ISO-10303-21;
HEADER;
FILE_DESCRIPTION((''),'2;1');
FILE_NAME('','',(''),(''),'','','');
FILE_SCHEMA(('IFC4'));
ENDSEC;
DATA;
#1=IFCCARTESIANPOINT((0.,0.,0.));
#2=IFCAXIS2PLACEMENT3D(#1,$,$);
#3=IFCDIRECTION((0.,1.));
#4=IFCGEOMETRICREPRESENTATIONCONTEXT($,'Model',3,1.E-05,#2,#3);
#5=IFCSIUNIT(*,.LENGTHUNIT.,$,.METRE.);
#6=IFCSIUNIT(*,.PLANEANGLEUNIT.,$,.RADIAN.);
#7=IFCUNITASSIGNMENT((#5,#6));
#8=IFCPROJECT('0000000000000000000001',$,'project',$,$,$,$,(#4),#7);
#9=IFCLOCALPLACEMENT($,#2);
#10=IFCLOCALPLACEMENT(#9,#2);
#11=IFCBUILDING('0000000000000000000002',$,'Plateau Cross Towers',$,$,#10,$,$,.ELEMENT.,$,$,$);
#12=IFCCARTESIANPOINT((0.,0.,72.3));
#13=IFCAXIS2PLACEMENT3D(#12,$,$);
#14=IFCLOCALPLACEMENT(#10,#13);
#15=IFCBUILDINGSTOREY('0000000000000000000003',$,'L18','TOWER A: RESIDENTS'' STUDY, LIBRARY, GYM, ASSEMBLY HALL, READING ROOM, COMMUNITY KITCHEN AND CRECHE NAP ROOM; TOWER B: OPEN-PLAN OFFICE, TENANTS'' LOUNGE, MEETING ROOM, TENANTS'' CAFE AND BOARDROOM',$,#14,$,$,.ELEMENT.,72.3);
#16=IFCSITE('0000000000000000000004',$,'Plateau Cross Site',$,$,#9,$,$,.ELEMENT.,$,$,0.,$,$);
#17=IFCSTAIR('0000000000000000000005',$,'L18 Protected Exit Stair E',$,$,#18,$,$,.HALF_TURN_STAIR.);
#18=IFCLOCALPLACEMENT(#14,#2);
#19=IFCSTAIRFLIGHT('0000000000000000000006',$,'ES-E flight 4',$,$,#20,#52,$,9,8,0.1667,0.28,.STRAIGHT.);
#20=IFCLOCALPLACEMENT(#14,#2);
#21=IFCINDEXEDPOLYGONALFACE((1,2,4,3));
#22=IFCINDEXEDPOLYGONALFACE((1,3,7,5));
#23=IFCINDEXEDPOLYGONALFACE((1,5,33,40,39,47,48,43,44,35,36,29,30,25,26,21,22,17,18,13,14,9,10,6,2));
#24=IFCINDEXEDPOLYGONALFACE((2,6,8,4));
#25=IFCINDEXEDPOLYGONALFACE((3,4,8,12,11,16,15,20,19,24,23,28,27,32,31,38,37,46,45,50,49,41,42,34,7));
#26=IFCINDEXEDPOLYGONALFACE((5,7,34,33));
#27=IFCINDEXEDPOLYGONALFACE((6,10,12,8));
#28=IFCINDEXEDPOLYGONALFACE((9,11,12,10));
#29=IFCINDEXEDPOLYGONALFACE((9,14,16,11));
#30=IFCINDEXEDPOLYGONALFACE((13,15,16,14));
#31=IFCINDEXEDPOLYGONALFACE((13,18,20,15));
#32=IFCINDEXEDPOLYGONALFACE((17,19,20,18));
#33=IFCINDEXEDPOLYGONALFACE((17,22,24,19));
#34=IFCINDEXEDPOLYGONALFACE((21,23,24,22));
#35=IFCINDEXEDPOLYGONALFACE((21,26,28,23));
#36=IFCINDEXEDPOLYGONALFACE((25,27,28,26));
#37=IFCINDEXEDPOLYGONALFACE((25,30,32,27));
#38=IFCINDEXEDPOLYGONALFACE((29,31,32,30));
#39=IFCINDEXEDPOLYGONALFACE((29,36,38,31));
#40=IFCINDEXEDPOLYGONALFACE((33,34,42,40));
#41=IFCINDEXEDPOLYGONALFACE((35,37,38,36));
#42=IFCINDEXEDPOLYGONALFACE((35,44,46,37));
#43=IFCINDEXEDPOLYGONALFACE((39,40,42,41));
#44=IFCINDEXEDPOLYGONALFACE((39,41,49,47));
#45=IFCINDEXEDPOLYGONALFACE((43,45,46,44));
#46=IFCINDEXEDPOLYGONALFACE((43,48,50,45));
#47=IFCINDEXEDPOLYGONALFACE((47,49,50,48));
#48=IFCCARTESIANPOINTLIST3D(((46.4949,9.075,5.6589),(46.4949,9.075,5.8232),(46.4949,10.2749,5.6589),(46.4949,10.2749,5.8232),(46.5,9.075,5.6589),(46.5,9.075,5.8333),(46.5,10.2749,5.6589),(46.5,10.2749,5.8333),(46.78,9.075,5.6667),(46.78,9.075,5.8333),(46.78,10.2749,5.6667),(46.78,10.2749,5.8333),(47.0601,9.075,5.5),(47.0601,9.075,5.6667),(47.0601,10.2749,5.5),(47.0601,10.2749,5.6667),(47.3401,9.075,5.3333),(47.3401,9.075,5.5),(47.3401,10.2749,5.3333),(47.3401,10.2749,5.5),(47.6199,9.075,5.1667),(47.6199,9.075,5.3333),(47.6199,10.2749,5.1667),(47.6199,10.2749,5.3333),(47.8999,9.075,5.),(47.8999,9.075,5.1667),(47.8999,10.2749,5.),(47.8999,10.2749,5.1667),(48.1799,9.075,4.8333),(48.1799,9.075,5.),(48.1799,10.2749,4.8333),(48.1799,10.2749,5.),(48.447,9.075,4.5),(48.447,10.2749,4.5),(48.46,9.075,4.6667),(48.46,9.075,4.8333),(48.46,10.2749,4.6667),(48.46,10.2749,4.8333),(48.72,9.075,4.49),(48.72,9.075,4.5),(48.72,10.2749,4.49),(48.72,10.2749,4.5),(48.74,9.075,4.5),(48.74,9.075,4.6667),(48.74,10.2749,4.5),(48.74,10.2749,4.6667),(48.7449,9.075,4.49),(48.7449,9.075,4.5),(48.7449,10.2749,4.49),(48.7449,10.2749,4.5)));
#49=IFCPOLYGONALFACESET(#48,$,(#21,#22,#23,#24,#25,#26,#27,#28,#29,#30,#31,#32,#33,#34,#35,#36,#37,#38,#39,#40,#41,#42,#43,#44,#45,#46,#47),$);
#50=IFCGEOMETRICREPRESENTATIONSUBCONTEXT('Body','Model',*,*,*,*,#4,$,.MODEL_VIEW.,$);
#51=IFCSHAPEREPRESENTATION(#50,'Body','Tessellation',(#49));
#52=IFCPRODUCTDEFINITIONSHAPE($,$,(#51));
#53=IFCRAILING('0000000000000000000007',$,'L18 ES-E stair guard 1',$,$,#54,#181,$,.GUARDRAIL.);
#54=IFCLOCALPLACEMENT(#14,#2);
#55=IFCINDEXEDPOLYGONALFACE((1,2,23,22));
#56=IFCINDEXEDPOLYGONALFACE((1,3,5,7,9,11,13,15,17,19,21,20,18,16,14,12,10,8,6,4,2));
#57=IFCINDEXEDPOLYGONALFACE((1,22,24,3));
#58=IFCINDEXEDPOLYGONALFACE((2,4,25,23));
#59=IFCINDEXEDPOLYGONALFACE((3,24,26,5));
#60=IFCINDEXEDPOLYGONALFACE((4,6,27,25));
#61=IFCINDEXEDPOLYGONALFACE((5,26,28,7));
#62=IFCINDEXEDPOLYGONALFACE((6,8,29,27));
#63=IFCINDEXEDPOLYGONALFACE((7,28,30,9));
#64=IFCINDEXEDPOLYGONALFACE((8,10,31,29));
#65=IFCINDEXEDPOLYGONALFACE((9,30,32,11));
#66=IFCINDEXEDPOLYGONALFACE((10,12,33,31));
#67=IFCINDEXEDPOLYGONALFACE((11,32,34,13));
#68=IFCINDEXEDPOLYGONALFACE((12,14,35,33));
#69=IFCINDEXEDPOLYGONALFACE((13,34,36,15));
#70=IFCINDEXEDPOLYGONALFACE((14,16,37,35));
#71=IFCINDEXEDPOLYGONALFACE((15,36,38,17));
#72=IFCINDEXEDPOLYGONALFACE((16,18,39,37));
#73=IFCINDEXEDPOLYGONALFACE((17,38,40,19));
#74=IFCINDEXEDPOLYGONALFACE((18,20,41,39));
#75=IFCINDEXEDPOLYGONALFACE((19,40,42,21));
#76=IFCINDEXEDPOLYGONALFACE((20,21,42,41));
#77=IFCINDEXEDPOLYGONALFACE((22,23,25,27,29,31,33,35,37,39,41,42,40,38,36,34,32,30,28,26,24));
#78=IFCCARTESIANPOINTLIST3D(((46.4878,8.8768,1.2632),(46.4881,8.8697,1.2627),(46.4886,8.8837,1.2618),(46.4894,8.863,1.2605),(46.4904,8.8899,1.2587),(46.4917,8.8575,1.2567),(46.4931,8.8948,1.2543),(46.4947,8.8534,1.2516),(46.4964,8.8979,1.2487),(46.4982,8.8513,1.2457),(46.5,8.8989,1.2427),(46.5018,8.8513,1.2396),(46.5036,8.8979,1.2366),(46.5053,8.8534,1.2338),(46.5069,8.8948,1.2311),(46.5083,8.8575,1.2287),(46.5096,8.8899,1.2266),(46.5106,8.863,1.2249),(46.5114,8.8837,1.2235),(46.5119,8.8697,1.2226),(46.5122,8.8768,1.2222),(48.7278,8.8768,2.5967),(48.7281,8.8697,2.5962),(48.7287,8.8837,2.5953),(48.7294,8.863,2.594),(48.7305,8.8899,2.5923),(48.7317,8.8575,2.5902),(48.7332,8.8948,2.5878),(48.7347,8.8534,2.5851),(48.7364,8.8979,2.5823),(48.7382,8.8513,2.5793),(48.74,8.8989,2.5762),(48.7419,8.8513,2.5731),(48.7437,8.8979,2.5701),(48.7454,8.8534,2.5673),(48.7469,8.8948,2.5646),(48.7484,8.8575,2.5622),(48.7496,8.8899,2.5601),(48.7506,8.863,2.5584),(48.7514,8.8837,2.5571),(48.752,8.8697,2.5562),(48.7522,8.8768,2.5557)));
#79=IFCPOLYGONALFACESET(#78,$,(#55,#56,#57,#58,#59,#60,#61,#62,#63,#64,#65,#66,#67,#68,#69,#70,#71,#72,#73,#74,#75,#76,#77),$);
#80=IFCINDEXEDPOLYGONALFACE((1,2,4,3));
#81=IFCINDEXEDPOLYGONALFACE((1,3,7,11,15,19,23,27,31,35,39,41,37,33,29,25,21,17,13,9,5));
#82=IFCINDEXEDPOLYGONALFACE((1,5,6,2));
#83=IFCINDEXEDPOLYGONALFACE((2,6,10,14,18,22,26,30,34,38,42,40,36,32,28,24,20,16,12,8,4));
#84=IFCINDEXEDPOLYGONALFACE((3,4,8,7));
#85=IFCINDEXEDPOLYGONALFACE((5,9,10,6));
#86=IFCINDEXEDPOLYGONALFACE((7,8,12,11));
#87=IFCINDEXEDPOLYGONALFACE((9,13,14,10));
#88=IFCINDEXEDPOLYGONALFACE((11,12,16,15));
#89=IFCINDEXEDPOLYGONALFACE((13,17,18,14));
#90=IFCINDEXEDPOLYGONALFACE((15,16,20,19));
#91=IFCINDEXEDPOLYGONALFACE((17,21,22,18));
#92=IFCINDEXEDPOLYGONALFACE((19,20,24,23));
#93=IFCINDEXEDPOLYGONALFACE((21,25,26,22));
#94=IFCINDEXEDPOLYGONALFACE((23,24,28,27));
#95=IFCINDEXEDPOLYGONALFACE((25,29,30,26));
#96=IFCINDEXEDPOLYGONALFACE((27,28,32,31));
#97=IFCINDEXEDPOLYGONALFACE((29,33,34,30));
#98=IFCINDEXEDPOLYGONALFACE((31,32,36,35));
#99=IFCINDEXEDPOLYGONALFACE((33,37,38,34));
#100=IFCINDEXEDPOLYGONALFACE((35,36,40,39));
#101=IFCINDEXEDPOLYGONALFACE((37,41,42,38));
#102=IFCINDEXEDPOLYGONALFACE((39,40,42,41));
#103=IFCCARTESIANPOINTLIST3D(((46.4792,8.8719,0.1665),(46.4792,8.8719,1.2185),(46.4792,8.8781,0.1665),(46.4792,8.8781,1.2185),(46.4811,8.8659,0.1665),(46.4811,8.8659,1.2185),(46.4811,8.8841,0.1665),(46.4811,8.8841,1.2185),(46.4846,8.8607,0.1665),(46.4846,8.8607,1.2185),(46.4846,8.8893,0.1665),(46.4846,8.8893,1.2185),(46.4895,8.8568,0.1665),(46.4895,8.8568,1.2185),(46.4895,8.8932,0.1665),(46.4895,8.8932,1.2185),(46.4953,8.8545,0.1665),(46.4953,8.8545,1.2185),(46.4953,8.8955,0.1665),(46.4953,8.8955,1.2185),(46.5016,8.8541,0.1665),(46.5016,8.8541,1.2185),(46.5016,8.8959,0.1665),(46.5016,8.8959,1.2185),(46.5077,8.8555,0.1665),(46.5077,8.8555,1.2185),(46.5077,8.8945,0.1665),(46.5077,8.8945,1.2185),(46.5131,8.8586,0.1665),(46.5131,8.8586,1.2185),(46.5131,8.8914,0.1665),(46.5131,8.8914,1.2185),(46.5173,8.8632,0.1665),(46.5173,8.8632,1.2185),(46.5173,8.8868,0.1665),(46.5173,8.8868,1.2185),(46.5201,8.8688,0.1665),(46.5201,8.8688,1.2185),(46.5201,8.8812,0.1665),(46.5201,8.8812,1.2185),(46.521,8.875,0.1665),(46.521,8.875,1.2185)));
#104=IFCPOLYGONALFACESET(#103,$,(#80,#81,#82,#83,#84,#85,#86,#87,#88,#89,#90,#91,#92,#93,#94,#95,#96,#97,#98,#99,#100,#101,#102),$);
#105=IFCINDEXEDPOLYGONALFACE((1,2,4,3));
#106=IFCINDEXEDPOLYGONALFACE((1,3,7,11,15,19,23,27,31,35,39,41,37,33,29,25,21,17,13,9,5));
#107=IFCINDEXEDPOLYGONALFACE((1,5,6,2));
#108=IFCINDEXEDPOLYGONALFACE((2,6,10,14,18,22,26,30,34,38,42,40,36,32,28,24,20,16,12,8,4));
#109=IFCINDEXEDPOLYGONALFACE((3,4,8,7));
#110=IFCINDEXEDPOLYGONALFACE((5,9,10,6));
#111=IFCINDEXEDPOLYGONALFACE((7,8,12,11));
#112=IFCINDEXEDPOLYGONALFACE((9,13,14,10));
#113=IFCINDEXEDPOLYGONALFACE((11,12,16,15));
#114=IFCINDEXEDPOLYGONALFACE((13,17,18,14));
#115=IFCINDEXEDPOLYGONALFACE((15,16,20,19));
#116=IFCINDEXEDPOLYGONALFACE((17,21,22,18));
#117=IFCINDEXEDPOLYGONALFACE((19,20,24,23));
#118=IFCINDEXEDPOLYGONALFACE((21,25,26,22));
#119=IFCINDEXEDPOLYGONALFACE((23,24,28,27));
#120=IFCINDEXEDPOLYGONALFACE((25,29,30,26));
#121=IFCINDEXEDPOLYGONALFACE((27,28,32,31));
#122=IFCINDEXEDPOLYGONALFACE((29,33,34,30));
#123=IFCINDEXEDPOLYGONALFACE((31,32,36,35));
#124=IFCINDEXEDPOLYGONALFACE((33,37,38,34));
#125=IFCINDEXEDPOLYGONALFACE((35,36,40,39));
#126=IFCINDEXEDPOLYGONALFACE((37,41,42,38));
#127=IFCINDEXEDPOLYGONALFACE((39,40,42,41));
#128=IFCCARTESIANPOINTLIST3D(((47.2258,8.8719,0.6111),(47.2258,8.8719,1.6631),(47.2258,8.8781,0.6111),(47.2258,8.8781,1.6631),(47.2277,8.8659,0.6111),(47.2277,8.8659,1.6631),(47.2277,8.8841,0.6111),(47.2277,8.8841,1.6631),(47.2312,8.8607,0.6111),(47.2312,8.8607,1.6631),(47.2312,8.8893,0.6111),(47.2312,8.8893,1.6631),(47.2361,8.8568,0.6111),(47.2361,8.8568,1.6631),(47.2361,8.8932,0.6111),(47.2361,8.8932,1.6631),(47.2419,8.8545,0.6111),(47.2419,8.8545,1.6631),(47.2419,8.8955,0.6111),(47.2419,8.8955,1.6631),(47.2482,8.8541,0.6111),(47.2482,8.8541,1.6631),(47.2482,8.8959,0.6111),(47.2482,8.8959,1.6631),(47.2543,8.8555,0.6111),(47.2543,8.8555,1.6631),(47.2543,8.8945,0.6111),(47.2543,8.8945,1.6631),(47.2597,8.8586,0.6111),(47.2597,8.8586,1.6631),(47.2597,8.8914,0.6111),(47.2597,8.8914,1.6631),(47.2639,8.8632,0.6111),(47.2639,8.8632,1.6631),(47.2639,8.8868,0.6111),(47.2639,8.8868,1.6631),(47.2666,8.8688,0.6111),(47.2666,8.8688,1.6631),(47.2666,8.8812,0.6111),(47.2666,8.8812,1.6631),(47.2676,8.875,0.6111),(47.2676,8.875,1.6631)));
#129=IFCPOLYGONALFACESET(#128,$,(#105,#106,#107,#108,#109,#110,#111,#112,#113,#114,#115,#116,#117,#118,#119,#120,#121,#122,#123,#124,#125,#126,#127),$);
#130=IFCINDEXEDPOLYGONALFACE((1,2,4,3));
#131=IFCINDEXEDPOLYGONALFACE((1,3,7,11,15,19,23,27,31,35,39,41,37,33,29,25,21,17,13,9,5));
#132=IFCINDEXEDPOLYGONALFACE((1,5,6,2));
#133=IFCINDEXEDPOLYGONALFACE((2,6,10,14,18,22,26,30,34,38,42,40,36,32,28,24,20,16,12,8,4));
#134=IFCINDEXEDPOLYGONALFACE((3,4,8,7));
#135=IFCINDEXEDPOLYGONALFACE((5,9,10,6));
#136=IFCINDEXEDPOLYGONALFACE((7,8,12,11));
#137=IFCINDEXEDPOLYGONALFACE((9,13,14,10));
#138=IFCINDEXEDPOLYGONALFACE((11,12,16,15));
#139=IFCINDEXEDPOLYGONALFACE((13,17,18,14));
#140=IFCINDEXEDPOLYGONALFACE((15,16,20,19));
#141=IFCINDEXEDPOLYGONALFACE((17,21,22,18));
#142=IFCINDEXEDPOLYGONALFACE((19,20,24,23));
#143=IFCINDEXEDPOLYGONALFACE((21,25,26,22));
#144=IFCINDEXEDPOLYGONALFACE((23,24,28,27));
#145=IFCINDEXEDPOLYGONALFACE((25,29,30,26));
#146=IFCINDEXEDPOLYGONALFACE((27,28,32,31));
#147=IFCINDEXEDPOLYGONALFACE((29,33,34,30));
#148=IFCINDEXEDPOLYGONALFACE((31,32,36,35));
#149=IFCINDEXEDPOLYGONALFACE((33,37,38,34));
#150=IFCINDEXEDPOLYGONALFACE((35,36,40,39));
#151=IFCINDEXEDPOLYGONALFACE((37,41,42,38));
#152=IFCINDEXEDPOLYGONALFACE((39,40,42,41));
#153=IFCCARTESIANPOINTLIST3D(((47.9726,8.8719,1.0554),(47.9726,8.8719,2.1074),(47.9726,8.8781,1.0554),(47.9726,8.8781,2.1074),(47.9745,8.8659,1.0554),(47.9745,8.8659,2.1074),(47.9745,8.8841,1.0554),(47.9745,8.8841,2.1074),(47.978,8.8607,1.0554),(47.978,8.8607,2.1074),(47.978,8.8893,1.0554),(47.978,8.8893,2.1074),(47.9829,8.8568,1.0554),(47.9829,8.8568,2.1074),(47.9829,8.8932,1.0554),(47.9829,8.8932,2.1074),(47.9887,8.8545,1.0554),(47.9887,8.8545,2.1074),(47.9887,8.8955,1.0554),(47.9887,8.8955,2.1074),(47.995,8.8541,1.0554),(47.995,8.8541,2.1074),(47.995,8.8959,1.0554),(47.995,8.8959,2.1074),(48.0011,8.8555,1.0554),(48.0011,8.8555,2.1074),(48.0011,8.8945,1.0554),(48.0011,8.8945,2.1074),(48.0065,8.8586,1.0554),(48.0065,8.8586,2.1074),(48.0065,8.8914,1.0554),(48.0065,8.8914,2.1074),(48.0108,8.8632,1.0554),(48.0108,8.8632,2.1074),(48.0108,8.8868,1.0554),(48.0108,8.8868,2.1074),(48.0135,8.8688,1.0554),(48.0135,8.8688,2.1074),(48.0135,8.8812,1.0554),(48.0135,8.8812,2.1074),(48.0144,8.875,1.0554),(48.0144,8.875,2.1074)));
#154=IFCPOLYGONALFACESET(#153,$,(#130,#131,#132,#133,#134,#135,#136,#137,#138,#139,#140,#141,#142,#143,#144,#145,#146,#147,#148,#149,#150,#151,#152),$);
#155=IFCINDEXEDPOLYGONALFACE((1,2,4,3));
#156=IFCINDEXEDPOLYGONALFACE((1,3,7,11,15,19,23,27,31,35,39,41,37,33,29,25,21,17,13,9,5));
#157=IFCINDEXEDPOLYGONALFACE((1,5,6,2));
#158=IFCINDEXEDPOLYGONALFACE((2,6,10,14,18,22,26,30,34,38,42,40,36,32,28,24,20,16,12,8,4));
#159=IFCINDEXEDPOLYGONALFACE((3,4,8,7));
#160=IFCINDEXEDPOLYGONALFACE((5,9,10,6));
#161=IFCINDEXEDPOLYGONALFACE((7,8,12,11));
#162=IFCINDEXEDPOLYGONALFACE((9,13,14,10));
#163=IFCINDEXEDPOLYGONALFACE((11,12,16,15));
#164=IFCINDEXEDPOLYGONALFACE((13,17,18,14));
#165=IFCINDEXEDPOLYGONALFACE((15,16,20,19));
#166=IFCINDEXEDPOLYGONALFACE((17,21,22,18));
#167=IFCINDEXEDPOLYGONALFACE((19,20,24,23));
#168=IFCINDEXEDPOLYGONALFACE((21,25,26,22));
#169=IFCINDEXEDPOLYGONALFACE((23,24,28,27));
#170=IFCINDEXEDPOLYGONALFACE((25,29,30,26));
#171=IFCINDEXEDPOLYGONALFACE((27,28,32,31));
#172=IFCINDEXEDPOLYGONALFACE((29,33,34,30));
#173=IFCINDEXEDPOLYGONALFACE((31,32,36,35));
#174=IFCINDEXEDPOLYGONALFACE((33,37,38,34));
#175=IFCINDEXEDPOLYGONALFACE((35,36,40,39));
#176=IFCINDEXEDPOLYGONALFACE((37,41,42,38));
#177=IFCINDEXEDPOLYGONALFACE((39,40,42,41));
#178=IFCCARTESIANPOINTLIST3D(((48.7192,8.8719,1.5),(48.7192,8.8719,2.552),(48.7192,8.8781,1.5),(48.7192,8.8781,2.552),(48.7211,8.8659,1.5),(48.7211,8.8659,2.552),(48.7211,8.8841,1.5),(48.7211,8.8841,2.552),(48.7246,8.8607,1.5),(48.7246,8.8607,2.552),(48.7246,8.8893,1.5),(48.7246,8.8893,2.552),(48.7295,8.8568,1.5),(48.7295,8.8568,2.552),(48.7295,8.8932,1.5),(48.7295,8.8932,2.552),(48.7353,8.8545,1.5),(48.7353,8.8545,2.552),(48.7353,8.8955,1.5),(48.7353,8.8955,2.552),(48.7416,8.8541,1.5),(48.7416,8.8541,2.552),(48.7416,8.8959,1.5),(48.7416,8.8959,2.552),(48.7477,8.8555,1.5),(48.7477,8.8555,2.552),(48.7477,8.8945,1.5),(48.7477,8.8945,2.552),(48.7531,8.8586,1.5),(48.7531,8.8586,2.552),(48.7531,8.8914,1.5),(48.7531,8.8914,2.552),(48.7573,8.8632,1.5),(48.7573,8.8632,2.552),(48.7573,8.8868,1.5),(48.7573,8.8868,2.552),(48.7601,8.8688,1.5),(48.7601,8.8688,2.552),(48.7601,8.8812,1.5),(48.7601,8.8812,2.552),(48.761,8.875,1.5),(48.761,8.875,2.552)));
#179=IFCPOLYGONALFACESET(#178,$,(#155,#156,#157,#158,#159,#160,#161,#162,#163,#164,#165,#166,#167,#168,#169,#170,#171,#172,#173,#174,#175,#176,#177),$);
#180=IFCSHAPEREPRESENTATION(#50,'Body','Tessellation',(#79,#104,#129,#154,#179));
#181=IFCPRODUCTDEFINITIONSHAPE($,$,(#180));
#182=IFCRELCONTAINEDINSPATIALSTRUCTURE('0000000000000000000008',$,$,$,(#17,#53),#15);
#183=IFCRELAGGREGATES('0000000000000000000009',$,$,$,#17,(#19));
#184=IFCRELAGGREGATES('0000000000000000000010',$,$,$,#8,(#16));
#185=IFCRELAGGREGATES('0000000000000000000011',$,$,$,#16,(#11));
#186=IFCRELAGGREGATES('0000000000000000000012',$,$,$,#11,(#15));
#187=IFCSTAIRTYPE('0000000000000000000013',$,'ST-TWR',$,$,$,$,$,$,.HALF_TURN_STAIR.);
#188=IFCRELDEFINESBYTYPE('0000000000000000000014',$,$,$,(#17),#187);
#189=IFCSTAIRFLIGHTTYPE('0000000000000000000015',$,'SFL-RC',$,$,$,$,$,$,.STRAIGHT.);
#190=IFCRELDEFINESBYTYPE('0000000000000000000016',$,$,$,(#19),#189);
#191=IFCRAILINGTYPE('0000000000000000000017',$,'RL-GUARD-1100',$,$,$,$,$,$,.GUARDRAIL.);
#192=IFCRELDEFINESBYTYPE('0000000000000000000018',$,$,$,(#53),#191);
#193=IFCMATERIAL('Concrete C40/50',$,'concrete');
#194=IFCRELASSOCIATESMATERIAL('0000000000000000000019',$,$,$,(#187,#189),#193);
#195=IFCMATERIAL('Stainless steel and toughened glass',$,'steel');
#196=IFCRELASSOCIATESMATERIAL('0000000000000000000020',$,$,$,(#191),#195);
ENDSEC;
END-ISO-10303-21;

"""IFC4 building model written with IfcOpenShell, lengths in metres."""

from ifc_helpers import new_model, si_unit, direction, frame, origin, origin_2d, place, context, subcontext, project, spatial, polyline, circle, outline, extrude, material, type_object, element, aggregate, save


model = new_model("IFC4")

# Units and contexts
model_context = context("Model", 3, precision=1e-05, world=origin(), true_north=direction((0.0, 1.0)))
body_context = subcontext(model_context, "Body", "Model", "MODEL_VIEW")
ifc_project = project(units=[si_unit("LENGTHUNIT", "METRE"), si_unit("PLANEANGLEUNIT", "RADIAN")], contexts=[model_context])

# Site, building, storey
site_placement = place(None, origin())
site = spatial("IfcSite", under=ifc_project, at=site_placement, Name="Plateau Cross Site", CompositionType="ELEMENT", RefElevation=0.0)
building_placement = place(site_placement, origin())
building = spatial("IfcBuilding", under=site, at=building_placement, Name="Plateau Cross Towers", CompositionType="ELEMENT")
storey_placement = place(building_placement, frame((0.0, 0.0, 72.3)))
storey = spatial("IfcBuildingStorey", under=building, at=storey_placement, Name="L18", Description="TOWER A: RESIDENTS' STUDY, LIBRARY, GYM, ASSEMBLY HALL, READING ROOM, COMMUNITY KITCHEN AND CRECHE NAP ROOM; TOWER B: OPEN-PLAN OFFICE, TENANTS' LOUNGE, MEETING ROOM, TENANTS' CAFE AND BOARDROOM", CompositionType="ELEMENT", Elevation=72.3)

# Stair, stair flight
ifc_material_1 = material(Name="Concrete C40/50", Category="concrete")
stair_type = type_object("IfcStairType", Name="ST-TWR", PredefinedType="HALF_TURN_STAIR", material=ifc_material_1)
stair_placement = place(storey_placement, origin())
stair = element("IfcStair", 1, at=stair_placement, inside=storey, type_object=stair_type, Name="L18 Protected Exit Stair E", PredefinedType="HALF_TURN_STAIR")
stair_flight_type = type_object("IfcStairFlightType", Name="SFL-RC", PredefinedType="STRAIGHT", material=ifc_material_1)
stair_flight_1_placement = place(storey_placement, frame((48.74, 9.675, 4.5), z_axis=(0.0, 0.0, 1.0), x_axis=(-1.0, 0.0, 0.0)))
stair_flight_1 = element("IfcStairFlight", 2, at=stair_flight_1_placement, type_object=stair_flight_type, Name="ES-E flight 4", NumberOfRisers=9, NumberOfTreads=8, PredefinedType="STRAIGHT", RiserHeight=0.1667, TreadLength=0.28, context=body_context, shape_type="SweptSolid", body=[
    extrude(outline(polyline([(-0.0049, -0.01), (-0.0049, 0.0), (0.0, 0.0), (0.0, 0.1667), (0.28, 0.1667), (0.28, 0.3333), (0.5601, 0.3333), (0.5601, 0.5), (0.8401, 0.5), (0.8401, 0.6667), (1.1201, 0.6667), (1.1201, 0.8333), (1.3999, 0.8333), (1.3999, 1.0), (1.6799, 1.0), (1.6799, 1.1667), (1.96, 1.1667), (1.96, 1.3333), (2.24, 1.3333), (2.2451, 1.3232), (2.2451, 1.1589), (2.24, 1.1589), (0.293, 0.0), (0.02, 0.0), (0.02, -0.01), (-0.0049, -0.01)])), frame((0.0, 0.6001, 0.0), z_axis=(0.0, -1.0, 0.0), x_axis=(1.0, 0.0, 0.0)), (0.0, 0.0, 1.0), 1.2),
])
aggregate(stair, [stair_flight_1])

# Railing
ifc_material_2 = material(Name="Stainless steel and toughened glass", Category="steel")
railing_type_1 = type_object("IfcRailingType", Name="RL-GUARD-1100", PredefinedType="GUARDRAIL", material=ifc_material_2)
railing_1_placement = place(storey_placement, frame((46.5, 8.875, 0.1665)))
element("IfcRailing", 3, at=railing_1_placement, inside=storey, type_object=railing_type_1, Name="L18 ES-E stair guard 1", PredefinedType="GUARDRAIL", context=body_context, shape_type="SweptSolid", body=[
    extrude(circle(Radius=0.0239, at=origin_2d()), frame((0.0, 0.0, 1.0762), z_axis=(0.859264, 0.0, 0.511532), x_axis=(0.0, 1.0, 0.0)), (0.0, 0.0, 1.0), 2.6069),
    extrude(circle(Radius=0.021, at=origin_2d()), origin(), (0.0, 0.0, 1.0), 1.052),
    extrude(circle(Radius=0.021, at=origin_2d()), frame((0.7466, 0.0, 0.4446)), (0.0, 0.0, 1.0), 1.052),
    extrude(circle(Radius=0.021, at=origin_2d()), frame((1.4934, 0.0, 0.8889)), (0.0, 0.0, 1.0), 1.052),
    extrude(circle(Radius=0.021, at=origin_2d()), frame((2.24, 0.0, 1.3335)), (0.0, 0.0, 1.0), 1.052),
])

save(model, "model.ifc")
